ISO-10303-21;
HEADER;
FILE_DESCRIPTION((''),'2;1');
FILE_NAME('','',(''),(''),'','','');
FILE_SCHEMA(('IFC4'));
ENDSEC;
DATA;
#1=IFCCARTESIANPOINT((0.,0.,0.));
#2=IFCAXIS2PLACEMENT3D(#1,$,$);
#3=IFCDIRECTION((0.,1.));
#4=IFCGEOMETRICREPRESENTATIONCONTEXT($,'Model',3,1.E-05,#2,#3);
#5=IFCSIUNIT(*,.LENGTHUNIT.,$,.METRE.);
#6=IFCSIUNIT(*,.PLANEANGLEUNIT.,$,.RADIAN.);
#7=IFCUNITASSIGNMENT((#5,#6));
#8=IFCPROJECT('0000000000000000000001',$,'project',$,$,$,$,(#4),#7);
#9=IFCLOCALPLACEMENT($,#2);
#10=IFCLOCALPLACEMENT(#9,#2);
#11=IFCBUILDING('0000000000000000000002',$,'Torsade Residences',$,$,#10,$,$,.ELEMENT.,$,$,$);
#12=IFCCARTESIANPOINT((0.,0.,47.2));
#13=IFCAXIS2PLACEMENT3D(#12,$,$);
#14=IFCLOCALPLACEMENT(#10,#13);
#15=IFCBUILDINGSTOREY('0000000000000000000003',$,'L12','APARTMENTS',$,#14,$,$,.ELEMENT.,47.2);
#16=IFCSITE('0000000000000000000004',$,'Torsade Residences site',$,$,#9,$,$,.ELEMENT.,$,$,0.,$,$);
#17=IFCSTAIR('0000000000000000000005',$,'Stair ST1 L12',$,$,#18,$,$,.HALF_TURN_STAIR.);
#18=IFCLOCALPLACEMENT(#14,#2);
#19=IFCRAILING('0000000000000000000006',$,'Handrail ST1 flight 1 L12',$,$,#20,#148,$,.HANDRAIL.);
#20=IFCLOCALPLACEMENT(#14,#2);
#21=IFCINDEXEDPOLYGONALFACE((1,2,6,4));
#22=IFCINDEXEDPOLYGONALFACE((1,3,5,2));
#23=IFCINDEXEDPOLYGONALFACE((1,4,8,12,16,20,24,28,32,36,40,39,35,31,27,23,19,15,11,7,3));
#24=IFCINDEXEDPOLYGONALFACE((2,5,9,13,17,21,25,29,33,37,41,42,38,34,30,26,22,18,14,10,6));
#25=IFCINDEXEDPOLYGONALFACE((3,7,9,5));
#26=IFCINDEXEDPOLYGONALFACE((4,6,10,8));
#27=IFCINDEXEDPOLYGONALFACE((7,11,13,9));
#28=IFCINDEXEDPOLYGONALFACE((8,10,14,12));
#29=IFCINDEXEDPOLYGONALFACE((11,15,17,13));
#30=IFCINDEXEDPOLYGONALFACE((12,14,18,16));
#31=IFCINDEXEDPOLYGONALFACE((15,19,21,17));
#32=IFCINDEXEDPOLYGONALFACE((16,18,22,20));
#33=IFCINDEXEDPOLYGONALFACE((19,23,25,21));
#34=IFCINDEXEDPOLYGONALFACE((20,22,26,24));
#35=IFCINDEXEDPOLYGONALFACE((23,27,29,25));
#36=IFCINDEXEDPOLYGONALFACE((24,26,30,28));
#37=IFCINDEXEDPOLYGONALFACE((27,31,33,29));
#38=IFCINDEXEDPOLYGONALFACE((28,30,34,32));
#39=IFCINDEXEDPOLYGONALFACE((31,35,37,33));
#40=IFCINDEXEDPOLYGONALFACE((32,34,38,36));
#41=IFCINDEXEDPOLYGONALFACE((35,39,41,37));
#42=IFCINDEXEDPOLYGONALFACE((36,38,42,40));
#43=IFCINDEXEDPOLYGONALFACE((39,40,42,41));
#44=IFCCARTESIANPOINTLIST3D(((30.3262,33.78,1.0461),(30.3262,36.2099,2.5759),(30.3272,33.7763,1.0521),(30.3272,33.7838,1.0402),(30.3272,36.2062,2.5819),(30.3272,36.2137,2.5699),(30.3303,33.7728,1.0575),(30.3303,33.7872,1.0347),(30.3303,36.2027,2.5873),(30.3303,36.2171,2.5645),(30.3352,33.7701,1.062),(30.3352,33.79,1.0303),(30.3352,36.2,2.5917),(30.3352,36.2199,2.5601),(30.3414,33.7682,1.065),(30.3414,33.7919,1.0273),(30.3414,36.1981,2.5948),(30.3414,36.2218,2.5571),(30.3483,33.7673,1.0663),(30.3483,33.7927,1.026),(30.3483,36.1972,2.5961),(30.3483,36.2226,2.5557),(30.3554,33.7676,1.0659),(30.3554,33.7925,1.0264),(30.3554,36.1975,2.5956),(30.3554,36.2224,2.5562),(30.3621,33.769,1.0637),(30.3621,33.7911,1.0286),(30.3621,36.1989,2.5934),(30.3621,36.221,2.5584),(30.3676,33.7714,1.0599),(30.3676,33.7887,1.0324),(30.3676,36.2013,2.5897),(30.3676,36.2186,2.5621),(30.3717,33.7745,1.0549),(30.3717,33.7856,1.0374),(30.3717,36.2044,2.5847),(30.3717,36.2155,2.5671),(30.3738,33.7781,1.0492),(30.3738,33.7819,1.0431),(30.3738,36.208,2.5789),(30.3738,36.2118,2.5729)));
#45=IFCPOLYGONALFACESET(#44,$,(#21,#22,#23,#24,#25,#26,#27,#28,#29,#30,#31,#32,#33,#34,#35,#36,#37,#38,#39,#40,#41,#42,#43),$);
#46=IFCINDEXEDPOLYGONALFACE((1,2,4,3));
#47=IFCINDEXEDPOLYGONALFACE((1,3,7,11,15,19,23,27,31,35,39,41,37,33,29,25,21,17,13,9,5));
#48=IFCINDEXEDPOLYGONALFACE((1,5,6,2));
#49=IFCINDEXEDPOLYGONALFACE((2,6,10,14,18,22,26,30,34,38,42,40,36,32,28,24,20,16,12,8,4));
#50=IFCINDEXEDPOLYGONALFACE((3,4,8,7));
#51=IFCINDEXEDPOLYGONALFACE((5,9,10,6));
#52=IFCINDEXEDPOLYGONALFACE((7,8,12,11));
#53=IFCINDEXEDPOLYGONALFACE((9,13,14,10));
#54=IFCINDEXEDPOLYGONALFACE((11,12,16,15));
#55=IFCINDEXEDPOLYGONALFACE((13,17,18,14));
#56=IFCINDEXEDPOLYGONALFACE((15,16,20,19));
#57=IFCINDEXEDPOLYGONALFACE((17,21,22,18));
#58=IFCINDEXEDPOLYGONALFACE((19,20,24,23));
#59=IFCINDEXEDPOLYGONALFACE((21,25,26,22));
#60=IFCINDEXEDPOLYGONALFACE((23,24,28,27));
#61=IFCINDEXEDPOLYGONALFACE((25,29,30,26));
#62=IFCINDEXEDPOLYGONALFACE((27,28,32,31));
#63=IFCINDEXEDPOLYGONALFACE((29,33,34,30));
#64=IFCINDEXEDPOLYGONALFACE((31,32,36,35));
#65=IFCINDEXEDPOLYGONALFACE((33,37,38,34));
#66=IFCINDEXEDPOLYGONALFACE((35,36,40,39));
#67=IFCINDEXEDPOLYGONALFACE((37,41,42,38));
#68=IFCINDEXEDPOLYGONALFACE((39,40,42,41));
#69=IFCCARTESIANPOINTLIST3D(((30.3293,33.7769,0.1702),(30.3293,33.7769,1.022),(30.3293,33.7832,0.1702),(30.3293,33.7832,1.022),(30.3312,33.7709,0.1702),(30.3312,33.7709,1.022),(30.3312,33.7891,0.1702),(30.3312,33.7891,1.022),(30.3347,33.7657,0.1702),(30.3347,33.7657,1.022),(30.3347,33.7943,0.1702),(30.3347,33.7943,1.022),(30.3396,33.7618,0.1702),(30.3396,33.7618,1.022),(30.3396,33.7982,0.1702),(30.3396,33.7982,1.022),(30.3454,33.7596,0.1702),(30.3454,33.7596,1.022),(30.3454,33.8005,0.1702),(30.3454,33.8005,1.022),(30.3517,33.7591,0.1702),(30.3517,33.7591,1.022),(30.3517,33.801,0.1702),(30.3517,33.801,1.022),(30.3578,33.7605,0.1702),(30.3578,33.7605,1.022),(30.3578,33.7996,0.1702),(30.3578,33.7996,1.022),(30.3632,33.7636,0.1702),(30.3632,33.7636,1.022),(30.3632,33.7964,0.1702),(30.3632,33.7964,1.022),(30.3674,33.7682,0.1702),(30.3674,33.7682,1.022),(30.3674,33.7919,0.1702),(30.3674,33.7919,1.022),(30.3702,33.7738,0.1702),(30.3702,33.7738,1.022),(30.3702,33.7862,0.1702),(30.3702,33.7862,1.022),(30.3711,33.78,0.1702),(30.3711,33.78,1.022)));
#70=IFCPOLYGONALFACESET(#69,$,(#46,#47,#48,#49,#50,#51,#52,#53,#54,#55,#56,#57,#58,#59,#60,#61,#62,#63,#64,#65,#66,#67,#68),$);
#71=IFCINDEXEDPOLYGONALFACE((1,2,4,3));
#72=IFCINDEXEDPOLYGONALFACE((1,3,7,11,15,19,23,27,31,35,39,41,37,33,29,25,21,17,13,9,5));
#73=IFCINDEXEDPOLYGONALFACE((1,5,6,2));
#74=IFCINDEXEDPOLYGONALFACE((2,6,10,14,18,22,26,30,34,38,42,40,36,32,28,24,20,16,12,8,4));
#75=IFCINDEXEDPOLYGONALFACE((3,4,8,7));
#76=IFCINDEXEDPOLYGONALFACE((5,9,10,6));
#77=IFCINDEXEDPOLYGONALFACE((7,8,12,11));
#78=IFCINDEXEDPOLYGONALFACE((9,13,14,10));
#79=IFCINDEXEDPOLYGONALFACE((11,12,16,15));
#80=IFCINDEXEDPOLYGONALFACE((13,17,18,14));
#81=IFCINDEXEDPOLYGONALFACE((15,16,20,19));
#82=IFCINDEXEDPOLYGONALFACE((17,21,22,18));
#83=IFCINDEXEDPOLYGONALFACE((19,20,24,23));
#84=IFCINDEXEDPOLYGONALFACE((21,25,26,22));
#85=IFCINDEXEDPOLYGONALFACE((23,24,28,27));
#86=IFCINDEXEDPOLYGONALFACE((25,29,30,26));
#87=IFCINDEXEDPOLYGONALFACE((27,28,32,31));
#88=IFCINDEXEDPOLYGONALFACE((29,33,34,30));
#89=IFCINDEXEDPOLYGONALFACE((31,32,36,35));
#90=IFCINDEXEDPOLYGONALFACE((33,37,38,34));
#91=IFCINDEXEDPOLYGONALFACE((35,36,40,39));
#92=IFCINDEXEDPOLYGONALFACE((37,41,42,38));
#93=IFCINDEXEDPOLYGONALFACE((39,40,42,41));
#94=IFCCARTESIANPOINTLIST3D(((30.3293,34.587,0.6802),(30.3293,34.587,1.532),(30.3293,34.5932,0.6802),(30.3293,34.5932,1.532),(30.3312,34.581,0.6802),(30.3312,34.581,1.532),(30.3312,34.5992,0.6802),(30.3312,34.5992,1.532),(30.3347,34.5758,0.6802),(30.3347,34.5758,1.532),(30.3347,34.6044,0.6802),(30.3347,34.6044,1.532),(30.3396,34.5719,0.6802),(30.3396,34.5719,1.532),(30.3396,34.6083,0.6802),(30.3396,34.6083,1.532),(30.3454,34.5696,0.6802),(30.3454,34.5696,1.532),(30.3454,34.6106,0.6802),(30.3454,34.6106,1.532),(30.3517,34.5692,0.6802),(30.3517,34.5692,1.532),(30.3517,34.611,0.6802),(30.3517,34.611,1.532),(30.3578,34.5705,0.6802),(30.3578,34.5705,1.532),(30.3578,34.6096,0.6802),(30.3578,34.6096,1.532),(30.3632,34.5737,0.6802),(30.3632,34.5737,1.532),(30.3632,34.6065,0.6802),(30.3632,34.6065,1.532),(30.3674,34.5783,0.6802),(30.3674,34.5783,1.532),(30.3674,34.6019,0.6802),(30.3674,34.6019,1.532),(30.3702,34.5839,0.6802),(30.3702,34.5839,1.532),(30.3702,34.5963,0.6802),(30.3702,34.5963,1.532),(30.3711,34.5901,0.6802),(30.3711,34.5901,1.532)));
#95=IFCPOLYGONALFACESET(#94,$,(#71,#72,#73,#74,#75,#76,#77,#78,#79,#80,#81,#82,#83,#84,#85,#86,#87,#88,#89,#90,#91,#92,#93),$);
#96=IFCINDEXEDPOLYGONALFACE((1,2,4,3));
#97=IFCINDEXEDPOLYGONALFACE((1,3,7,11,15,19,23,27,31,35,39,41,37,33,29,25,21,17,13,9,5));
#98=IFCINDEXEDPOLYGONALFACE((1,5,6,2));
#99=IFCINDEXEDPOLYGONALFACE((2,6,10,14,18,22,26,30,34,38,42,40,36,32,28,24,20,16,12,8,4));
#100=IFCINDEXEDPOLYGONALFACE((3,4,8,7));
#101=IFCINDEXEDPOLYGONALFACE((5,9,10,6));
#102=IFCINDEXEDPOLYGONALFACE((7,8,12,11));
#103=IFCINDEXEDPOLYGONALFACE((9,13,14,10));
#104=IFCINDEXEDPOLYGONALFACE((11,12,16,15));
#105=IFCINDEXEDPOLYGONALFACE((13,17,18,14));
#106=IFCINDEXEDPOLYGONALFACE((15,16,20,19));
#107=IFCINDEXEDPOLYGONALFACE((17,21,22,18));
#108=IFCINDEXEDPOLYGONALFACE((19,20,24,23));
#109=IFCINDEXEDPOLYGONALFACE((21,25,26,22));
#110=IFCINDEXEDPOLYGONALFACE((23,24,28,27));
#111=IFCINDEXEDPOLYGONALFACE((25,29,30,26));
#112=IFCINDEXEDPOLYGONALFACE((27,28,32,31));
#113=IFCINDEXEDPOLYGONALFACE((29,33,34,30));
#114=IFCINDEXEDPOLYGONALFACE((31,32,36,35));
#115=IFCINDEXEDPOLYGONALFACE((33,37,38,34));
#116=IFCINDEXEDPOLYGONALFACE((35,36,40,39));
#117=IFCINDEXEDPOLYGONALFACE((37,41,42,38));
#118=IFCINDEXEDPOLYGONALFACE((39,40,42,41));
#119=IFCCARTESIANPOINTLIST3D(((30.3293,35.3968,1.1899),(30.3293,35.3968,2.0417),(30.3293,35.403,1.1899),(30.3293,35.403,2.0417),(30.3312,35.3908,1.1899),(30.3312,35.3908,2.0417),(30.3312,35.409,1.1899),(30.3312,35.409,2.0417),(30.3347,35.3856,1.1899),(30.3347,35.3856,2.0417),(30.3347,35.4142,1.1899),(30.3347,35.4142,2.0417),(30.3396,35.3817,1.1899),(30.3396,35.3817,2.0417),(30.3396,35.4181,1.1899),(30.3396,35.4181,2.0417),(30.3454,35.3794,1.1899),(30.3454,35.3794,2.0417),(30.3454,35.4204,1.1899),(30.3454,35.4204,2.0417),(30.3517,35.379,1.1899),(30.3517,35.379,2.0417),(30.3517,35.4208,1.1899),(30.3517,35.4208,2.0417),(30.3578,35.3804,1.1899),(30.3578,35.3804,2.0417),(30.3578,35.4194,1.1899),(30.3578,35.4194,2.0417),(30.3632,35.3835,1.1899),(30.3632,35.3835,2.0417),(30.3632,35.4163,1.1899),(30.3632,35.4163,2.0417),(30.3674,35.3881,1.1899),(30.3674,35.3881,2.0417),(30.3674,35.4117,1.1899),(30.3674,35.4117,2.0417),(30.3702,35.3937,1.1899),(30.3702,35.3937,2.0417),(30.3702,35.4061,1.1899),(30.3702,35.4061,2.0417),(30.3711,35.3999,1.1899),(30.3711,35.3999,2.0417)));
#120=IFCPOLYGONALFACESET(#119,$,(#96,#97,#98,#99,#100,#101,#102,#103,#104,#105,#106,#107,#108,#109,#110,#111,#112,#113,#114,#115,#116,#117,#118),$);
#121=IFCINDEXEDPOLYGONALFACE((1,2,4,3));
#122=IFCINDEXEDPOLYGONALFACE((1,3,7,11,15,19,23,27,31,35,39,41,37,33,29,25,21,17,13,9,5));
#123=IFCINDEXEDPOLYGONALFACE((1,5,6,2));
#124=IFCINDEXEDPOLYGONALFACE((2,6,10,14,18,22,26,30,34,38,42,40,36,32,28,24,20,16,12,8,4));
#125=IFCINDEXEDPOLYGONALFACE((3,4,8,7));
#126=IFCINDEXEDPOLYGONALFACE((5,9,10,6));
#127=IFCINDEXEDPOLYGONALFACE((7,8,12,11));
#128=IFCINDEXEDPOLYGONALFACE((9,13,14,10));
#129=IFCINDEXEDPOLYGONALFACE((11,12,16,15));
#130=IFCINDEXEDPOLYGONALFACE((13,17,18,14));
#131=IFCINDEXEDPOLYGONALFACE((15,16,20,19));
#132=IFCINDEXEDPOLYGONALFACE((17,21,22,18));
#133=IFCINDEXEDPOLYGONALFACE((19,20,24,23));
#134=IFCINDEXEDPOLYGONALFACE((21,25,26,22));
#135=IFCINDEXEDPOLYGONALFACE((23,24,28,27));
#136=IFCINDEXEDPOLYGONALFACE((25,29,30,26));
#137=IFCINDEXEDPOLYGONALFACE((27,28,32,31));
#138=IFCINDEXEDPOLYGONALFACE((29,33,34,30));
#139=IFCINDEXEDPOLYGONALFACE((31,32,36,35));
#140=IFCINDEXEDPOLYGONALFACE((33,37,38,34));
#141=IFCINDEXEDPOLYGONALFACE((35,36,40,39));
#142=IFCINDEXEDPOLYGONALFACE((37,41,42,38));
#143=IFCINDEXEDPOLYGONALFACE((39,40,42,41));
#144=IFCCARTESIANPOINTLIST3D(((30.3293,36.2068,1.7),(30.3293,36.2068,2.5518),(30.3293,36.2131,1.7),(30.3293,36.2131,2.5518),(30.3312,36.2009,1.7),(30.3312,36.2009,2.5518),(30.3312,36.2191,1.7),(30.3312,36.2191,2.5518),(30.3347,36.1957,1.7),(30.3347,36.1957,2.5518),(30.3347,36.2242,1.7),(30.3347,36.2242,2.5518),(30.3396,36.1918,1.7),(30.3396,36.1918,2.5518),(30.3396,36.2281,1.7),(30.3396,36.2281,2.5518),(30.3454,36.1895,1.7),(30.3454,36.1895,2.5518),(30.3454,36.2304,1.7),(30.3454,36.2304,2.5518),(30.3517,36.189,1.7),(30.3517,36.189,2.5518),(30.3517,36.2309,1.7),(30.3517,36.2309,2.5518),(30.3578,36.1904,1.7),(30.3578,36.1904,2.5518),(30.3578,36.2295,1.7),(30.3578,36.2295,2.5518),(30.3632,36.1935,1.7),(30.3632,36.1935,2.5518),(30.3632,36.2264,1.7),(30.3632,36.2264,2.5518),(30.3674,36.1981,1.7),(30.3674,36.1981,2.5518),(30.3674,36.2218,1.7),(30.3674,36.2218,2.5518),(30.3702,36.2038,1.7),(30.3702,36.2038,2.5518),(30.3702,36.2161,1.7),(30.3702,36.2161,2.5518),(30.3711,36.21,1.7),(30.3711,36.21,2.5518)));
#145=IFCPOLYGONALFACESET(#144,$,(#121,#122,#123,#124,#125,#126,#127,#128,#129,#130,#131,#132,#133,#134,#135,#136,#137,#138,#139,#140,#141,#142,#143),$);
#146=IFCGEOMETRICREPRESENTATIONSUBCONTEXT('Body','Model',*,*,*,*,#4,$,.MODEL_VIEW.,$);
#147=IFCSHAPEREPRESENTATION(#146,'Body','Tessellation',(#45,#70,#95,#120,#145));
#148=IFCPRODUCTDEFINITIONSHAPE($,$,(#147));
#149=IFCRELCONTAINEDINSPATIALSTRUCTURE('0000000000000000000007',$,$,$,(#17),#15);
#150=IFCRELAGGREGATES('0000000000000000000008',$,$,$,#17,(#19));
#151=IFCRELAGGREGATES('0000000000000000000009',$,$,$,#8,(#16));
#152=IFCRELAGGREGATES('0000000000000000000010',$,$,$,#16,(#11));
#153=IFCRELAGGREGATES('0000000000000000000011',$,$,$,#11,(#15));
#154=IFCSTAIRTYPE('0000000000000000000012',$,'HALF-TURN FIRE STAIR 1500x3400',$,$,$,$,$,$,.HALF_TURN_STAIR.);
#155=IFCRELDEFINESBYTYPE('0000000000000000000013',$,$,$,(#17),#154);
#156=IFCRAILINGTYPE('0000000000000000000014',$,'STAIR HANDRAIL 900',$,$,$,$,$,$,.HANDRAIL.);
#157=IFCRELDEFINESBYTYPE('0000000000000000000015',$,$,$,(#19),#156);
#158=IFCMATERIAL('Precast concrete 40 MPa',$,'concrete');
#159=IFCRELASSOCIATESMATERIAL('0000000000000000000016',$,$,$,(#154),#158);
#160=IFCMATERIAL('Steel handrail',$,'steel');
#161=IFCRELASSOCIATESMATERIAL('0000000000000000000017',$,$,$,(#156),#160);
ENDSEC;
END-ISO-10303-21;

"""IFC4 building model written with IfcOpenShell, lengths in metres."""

from ifc_helpers import new_model, si_unit, direction, frame, origin, origin_2d, place, context, subcontext, project, spatial, circle, extrude, material, type_object, element, aggregate, save


model = new_model("IFC4")

# Units and contexts
model_context = context("Model", 3, precision=1e-05, world=origin(), true_north=direction((0.0, 1.0)))
body_context = subcontext(model_context, "Body", "Model", "MODEL_VIEW")
ifc_project = project(units=[si_unit("LENGTHUNIT", "METRE"), si_unit("PLANEANGLEUNIT", "RADIAN")], contexts=[model_context])

# Site, building, storey
site_placement = place(None, origin())
site = spatial("IfcSite", under=ifc_project, at=site_placement, Name="Torsade Residences site", CompositionType="ELEMENT", RefElevation=0.0)
building_placement = place(site_placement, origin())
building = spatial("IfcBuilding", under=site, at=building_placement, Name="Torsade Residences", CompositionType="ELEMENT")
storey_placement = place(building_placement, frame((0.0, 0.0, 47.2)))
storey = spatial("IfcBuildingStorey", under=building, at=storey_placement, Name="L12", Description="APARTMENTS", CompositionType="ELEMENT", Elevation=47.2)

# Stair, railing
ifc_material_1 = material(Name="Precast concrete 40 MPa", Category="concrete")
stair_type = type_object("IfcStairType", Name="HALF-TURN FIRE STAIR 1500x3400", PredefinedType="HALF_TURN_STAIR", material=ifc_material_1)
stair_placement = place(storey_placement, origin())
stair = element("IfcStair", 1, at=stair_placement, inside=storey, type_object=stair_type, Name="Stair ST1 L12", PredefinedType="HALF_TURN_STAIR")
ifc_material_2 = material(Name="Steel handrail", Category="steel")
railing_type = type_object("IfcRailingType", Name="STAIR HANDRAIL 900", PredefinedType="HANDRAIL", material=ifc_material_2)
railing_1_placement = place(storey_placement, frame((30.3501, 33.78, 0.1702)))
railing_1 = element("IfcRailing", 2, at=railing_1_placement, type_object=railing_type, Name="Handrail ST1 flight 1 L12", PredefinedType="HANDRAIL", context=body_context, shape_type="SweptSolid", body=[
    extrude(circle(Radius=0.0239, at=origin_2d()), frame((0.0, 0.0, 0.876), z_axis=(0.0, 0.84626, 0.53277), x_axis=(-1.0, 0.0, 0.0)), (0.0, 0.0, 1.0), 2.8713),
    extrude(circle(Radius=0.021, at=origin_2d()), origin(), (0.0, 0.0, 1.0), 0.8518),
    extrude(circle(Radius=0.021, at=origin_2d()), frame((0.0, 0.8101, 0.51)), (0.0, 0.0, 1.0), 0.8518),
    extrude(circle(Radius=0.021, at=origin_2d()), frame((0.0, 1.6199, 1.0198)), (0.0, 0.0, 1.0), 0.8518),
    extrude(circle(Radius=0.021, at=origin_2d()), frame((0.0, 2.4299, 1.5298)), (0.0, 0.0, 1.0), 0.8518),
])
aggregate(stair, [railing_1])

save(model, "model.ifc")
